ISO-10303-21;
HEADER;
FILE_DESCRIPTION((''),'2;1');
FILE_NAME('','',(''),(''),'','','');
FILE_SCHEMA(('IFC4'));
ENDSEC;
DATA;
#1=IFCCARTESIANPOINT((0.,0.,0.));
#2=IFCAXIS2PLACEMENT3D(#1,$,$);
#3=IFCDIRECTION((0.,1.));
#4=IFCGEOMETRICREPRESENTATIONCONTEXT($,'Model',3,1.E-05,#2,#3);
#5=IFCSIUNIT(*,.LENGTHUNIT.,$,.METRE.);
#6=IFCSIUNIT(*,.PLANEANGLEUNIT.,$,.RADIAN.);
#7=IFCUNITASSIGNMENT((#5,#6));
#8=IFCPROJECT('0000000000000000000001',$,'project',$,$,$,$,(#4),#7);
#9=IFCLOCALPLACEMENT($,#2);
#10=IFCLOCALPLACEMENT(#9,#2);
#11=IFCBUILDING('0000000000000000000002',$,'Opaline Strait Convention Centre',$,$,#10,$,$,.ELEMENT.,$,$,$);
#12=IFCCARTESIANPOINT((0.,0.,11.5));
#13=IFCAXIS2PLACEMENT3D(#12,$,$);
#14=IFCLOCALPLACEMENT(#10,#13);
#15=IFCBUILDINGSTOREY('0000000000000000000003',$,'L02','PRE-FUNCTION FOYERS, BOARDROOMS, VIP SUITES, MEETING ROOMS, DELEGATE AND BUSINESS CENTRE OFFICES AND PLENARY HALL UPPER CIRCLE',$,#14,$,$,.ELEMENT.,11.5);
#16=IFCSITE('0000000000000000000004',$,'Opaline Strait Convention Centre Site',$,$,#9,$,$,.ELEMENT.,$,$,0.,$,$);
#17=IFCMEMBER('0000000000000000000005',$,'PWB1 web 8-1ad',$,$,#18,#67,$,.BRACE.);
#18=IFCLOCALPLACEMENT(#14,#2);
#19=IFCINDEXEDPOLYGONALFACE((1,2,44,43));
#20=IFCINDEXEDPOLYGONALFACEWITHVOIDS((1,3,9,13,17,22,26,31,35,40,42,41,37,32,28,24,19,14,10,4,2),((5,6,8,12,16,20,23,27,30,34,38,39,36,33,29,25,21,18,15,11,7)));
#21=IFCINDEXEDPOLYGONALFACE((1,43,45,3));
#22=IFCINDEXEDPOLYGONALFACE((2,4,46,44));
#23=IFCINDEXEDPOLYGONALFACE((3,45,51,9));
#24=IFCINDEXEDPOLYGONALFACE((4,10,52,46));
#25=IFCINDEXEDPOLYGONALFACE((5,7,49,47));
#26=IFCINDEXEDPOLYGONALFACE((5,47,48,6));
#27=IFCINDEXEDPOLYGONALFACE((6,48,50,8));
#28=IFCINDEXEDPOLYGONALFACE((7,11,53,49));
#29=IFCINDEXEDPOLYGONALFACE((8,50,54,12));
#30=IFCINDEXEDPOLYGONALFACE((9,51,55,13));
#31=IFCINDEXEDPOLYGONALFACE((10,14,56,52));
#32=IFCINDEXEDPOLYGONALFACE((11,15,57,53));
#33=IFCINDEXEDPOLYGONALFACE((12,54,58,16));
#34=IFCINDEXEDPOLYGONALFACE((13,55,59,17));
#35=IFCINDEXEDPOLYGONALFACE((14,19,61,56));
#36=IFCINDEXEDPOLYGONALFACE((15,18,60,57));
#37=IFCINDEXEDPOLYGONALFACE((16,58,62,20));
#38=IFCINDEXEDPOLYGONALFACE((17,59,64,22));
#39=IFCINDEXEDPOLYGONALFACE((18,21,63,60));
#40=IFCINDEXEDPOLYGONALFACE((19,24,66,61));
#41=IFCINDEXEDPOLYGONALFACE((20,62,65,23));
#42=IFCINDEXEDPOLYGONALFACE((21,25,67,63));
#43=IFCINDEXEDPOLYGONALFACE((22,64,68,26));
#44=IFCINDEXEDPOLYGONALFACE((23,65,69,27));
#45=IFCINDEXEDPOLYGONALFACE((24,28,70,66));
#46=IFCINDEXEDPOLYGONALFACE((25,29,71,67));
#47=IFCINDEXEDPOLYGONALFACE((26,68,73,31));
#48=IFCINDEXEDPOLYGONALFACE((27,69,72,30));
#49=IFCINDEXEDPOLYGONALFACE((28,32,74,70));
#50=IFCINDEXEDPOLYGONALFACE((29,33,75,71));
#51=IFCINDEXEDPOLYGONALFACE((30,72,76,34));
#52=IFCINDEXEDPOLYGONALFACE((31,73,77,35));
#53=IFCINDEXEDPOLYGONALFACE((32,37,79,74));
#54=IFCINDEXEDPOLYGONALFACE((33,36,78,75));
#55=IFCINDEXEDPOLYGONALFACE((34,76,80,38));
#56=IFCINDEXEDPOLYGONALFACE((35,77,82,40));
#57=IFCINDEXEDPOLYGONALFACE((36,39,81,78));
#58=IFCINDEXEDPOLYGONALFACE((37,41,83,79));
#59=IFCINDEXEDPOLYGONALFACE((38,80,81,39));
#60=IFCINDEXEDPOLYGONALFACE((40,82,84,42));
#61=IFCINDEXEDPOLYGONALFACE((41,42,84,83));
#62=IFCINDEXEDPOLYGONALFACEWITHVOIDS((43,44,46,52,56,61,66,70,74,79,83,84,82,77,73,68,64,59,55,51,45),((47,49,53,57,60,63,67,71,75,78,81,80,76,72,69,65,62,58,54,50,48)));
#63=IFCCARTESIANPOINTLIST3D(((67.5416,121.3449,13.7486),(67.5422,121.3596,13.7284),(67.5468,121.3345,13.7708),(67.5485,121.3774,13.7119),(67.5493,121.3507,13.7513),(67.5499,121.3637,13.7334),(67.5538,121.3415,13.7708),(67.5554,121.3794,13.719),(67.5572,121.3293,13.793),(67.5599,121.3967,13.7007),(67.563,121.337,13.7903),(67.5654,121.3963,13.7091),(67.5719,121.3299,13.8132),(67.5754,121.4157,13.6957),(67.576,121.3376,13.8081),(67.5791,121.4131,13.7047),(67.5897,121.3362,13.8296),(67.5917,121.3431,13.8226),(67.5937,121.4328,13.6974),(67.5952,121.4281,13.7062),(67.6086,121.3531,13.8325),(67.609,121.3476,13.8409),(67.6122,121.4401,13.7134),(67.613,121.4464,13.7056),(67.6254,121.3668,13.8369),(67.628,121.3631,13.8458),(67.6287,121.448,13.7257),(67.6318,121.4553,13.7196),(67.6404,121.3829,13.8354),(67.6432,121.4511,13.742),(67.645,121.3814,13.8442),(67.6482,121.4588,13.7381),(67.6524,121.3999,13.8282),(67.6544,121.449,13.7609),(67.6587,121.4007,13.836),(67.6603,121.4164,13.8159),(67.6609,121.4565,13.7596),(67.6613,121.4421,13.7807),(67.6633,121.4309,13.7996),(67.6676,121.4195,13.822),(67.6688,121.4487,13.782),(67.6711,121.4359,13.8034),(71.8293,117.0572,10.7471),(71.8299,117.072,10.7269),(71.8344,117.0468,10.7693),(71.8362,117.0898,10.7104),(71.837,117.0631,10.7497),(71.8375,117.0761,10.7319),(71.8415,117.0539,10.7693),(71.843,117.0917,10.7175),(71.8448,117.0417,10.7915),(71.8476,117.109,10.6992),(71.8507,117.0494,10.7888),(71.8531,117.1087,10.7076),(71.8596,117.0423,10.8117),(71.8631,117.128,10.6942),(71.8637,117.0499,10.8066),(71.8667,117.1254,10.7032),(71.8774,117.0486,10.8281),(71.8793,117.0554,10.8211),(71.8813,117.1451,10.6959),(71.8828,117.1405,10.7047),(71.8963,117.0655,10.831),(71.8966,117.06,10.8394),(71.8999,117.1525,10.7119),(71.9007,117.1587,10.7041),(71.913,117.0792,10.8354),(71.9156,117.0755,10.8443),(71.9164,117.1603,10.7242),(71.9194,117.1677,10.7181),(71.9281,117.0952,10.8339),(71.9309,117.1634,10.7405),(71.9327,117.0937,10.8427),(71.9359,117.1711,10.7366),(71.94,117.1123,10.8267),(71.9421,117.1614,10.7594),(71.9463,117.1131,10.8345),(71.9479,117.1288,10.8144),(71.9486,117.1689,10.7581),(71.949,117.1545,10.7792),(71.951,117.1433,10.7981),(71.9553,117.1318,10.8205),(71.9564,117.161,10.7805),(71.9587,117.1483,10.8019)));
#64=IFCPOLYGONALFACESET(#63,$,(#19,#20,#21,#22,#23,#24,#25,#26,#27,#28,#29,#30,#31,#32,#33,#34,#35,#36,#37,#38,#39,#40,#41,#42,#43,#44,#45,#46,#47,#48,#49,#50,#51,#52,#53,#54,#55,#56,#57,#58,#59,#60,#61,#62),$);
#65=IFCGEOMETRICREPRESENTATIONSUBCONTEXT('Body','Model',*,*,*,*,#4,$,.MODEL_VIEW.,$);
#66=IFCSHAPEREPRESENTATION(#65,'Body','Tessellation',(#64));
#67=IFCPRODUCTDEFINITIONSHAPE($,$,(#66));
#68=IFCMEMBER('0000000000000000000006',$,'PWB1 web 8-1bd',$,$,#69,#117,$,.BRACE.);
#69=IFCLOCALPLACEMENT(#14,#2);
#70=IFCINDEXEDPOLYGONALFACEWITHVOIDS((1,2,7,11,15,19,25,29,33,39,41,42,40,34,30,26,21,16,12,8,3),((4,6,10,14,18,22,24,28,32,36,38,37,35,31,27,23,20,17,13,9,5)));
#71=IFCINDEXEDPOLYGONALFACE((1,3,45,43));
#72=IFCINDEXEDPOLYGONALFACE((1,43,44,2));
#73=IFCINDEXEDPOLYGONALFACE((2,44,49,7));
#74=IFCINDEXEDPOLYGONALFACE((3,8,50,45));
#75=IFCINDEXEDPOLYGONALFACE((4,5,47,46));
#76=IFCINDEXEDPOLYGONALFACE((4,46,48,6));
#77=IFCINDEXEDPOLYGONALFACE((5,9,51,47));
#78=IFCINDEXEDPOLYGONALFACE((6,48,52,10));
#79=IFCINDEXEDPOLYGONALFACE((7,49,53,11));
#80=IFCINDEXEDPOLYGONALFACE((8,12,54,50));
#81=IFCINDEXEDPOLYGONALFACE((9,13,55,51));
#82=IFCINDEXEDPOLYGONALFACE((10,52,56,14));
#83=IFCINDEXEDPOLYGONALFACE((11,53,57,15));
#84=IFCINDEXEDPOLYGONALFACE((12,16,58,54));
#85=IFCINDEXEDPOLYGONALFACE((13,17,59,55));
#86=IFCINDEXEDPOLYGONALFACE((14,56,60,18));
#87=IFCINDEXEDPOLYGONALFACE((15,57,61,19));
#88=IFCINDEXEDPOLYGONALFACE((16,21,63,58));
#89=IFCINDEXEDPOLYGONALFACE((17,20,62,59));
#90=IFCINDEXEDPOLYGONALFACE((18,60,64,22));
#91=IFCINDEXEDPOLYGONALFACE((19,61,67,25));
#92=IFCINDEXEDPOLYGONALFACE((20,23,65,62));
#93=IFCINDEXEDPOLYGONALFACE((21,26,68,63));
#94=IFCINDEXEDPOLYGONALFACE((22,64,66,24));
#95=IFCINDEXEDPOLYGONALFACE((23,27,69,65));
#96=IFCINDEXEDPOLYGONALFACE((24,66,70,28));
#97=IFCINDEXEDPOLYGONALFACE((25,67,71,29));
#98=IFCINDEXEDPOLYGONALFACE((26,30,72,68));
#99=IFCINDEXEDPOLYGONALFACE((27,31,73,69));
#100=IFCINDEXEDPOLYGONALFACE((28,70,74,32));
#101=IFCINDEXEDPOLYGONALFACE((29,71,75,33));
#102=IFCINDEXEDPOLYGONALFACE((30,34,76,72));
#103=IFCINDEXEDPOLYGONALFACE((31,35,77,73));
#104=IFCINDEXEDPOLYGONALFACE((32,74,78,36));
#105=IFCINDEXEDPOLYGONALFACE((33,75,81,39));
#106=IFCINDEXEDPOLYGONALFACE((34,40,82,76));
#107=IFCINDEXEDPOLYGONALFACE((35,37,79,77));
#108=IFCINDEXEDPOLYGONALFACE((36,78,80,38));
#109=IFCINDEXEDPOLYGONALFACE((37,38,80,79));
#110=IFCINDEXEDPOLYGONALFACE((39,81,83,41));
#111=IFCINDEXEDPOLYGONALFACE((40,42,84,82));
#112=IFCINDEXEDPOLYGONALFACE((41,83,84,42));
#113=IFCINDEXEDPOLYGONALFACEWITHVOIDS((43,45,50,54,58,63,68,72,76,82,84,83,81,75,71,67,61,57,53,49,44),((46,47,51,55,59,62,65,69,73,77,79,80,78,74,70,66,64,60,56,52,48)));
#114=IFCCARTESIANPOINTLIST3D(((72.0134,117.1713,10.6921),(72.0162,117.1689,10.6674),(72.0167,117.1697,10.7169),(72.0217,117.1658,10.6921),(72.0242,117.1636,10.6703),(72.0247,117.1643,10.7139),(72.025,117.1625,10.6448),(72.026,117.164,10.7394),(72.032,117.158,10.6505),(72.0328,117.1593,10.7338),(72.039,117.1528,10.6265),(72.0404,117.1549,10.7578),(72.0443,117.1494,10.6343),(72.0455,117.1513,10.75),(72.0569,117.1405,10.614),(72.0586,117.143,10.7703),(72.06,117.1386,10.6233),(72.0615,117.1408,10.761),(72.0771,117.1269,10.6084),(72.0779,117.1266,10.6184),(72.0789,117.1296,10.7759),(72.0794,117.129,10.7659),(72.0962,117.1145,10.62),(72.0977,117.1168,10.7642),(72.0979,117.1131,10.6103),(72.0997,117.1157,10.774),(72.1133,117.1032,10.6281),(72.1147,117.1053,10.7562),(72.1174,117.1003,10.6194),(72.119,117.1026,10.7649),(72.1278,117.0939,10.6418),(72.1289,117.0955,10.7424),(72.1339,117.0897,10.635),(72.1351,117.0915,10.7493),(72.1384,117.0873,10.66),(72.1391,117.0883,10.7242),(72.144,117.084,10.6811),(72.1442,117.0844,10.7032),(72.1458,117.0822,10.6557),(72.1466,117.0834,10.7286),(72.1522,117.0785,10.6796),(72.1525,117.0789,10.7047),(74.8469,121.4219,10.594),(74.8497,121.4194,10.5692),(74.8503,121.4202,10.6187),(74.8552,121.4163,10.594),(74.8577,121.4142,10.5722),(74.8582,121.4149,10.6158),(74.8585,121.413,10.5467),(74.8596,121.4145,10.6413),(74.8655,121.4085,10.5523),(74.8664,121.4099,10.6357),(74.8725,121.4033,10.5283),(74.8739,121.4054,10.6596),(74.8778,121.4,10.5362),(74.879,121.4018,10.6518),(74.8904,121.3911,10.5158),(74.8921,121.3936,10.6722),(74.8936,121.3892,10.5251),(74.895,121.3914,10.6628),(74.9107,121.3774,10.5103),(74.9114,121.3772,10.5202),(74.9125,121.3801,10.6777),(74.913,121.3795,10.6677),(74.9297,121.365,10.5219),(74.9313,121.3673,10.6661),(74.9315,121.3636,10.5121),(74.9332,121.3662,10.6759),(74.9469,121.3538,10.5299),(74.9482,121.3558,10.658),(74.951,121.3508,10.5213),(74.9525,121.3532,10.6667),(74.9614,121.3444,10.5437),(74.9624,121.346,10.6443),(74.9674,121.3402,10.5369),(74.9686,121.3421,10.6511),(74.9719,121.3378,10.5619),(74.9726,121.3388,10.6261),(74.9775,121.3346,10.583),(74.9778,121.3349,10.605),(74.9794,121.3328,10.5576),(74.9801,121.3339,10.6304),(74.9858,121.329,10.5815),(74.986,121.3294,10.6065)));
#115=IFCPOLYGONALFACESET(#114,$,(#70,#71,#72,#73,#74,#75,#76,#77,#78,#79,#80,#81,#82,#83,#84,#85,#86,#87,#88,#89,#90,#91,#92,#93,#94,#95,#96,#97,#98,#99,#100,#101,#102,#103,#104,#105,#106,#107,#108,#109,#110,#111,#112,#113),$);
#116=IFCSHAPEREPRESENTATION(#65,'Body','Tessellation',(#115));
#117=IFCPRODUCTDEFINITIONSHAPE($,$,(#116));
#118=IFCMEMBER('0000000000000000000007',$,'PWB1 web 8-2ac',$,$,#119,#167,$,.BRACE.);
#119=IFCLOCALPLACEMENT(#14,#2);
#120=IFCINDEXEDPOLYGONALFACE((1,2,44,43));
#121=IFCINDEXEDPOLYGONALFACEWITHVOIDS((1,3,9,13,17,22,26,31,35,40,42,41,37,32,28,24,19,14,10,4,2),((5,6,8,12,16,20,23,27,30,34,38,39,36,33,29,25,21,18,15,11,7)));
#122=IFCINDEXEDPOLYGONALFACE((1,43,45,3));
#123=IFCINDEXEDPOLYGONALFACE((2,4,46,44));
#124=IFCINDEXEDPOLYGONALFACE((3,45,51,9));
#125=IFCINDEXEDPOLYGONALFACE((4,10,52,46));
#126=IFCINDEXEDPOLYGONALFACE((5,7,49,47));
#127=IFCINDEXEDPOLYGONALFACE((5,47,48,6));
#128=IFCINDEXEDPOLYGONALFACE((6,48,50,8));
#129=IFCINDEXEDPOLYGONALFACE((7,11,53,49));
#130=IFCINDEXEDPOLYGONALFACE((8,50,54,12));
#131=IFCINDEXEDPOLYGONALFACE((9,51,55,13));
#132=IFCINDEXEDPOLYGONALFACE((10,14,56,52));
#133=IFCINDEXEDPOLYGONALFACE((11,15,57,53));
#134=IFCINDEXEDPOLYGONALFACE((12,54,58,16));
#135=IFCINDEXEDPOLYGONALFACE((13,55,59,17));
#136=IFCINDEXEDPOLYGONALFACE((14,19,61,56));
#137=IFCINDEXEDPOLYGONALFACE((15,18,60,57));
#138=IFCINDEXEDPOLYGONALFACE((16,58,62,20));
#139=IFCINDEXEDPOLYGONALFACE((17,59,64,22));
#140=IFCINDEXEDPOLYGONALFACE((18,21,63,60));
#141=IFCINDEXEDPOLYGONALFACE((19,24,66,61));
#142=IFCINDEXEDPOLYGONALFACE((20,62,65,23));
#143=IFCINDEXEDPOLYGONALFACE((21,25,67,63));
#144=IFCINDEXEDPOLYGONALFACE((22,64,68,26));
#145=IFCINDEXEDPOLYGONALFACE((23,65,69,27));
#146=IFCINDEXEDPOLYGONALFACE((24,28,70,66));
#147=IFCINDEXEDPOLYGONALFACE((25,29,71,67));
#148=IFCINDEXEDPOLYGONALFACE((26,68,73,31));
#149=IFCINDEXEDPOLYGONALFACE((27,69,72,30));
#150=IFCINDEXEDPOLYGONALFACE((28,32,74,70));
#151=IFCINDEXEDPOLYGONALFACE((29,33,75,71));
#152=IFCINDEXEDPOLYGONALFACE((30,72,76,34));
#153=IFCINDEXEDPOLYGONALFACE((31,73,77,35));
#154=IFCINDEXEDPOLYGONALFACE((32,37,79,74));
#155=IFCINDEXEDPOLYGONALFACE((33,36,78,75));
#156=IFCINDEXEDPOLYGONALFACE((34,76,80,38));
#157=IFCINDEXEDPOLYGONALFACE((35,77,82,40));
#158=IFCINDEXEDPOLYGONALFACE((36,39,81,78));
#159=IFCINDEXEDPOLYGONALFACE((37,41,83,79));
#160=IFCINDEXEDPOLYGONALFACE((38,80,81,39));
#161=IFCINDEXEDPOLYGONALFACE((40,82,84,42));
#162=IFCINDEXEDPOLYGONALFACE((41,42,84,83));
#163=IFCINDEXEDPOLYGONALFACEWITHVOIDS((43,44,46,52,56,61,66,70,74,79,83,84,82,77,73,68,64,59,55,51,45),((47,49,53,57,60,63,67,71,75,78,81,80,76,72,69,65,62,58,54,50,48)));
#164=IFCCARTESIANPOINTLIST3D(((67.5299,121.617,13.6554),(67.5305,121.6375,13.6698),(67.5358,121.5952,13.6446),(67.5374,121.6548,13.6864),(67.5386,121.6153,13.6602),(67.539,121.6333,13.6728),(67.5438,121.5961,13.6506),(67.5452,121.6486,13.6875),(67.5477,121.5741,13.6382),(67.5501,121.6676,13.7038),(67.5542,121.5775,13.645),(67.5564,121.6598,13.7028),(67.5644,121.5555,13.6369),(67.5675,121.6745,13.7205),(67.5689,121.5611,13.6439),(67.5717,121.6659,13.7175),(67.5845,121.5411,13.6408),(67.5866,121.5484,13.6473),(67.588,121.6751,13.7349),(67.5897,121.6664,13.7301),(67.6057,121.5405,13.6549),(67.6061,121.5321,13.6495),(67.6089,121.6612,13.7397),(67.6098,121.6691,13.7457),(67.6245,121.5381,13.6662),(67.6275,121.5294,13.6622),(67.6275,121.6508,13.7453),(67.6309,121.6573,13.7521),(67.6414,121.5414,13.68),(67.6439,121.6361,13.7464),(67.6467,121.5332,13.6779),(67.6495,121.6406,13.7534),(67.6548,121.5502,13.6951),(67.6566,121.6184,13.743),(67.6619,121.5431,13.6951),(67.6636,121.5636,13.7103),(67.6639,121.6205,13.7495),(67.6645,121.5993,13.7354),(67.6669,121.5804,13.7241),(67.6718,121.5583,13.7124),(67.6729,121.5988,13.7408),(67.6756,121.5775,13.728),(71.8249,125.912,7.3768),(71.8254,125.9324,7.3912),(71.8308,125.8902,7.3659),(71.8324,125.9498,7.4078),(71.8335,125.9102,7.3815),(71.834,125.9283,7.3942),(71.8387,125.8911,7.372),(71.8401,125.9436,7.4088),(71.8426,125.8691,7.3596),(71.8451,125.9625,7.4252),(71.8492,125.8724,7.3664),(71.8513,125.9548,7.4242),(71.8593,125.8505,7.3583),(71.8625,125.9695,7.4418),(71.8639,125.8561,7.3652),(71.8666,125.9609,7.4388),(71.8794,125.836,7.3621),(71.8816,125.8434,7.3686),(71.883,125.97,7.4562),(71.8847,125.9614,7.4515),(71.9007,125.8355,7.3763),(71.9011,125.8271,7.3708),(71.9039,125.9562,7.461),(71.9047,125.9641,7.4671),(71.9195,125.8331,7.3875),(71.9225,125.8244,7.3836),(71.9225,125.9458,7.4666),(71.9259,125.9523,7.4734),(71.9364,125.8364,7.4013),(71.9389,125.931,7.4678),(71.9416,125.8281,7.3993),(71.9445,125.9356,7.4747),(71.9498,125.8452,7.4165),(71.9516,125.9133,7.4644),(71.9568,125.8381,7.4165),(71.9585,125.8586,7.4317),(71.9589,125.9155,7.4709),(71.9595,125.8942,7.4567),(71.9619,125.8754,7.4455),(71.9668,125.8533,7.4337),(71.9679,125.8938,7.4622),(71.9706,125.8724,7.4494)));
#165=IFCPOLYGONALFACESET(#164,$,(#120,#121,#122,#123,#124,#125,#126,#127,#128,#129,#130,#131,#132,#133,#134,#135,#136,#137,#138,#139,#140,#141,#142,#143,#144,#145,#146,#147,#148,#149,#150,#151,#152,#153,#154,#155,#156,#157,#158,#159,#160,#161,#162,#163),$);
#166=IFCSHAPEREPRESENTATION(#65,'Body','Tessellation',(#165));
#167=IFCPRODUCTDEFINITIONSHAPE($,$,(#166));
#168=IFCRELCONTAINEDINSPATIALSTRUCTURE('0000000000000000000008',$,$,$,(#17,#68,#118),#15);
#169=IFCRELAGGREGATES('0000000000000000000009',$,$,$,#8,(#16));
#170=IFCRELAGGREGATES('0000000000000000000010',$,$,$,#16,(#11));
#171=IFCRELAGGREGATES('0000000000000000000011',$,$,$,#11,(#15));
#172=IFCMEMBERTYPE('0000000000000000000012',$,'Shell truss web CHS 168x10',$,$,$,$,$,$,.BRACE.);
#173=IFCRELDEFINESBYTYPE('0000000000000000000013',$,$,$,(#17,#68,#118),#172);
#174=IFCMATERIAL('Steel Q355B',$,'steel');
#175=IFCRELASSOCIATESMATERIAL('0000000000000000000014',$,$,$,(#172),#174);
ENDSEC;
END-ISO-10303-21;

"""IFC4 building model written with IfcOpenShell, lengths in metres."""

from ifc_helpers import new_model, si_unit, direction, frame, origin, origin_2d, place, context, subcontext, project, spatial, hollow_circle, extrude, material, material_profile, profile_set, type_object, element, save


model = new_model("IFC4")

# Units and contexts
model_context = context("Model", 3, precision=1e-05, world=origin(), true_north=direction((0.0, 1.0)))
body_context = subcontext(model_context, "Body", "Model", "MODEL_VIEW")
ifc_project = project(units=[si_unit("LENGTHUNIT", "METRE"), si_unit("PLANEANGLEUNIT", "RADIAN")], contexts=[model_context])

# Site, building, storey
site_placement = place(None, origin())
site = spatial("IfcSite", under=ifc_project, at=site_placement, Name="Opaline Strait Convention Centre Site", CompositionType="ELEMENT", RefElevation=0.0)
building_placement = place(site_placement, origin())
building = spatial("IfcBuilding", under=site, at=building_placement, Name="Opaline Strait Convention Centre", CompositionType="ELEMENT")
storey_placement = place(building_placement, frame((0.0, 0.0, 11.5)))
storey = spatial("IfcBuildingStorey", under=building, at=storey_placement, Name="L02", Description="PRE-FUNCTION FOYERS, BOARDROOMS, VIP SUITES, MEETING ROOMS, DELEGATE AND BUSINESS CENTRE OFFICES AND PLENARY HALL UPPER CIRCLE", CompositionType="ELEMENT", Elevation=11.5)

# Members
ifc_material_1 = material(Name="Steel Q355B", Category="steel")
ifc_material_profile_1 = material_profile(ifc_material_1, hollow_circle(Radius=0.084, WallThickness=0.01, at=origin_2d()), Name="CHS 168x10")
ifc_profile_set_1 = profile_set([ifc_material_profile_1], Name="Steel Q355B")
member_type_1 = type_object("IfcMemberType", Name="Shell truss web CHS 168x10", PredefinedType="BRACE", material=ifc_profile_set_1)
member_1_placement = place(storey_placement, frame((71.8938, 117.1062, 10.7693), z_axis=(-0.633718, 0.633718, 0.443624), x_axis=(-0.707107, -0.707107, 0.0)))
element("IfcMember", 1, at=member_1_placement, inside=storey, type_object=member_type_1, Name="PWB1 web 8-1ad", PredefinedType="BRACE", context=body_context, shape_type="SweptSolid", body=[
    extrude(hollow_circle(Radius=0.084, WallThickness=0.01, at=origin_2d()), origin(), (0.0, 0.0, 1.0), 6.7659),
])
member_2_placement = place(storey_placement, frame((72.0833, 117.1248, 10.6921), z_axis=(0.554576, 0.831911, -0.019209), x_axis=(-0.832065, 0.554678, 0.0)))
element("IfcMember", 2, at=member_2_placement, inside=storey, type_object=member_type_1, Name="PWB1 web 8-1bd", PredefinedType="BRACE", context=body_context, shape_type="SweptSolid", body=[
    extrude(hollow_circle(Radius=0.084, WallThickness=0.01, at=origin_2d()), origin(), (0.0, 0.0, 1.0), 5.1094),
])
member_3_placement = place(storey_placement, frame((71.8975, 125.8975, 7.4165), z_axis=(-0.49165, -0.49165, 0.718722), x_axis=(0.707107, -0.707107, 0.0)))
element("IfcMember", 3, at=member_3_placement, inside=storey, type_object=member_type_1, Name="PWB1 web 8-2ac", PredefinedType="BRACE", context=body_context, shape_type="SweptSolid", body=[
    extrude(hollow_circle(Radius=0.084, WallThickness=0.01, at=origin_2d()), origin(), (0.0, 0.0, 1.0), 8.7358),
])

save(model, "model.ifc")
